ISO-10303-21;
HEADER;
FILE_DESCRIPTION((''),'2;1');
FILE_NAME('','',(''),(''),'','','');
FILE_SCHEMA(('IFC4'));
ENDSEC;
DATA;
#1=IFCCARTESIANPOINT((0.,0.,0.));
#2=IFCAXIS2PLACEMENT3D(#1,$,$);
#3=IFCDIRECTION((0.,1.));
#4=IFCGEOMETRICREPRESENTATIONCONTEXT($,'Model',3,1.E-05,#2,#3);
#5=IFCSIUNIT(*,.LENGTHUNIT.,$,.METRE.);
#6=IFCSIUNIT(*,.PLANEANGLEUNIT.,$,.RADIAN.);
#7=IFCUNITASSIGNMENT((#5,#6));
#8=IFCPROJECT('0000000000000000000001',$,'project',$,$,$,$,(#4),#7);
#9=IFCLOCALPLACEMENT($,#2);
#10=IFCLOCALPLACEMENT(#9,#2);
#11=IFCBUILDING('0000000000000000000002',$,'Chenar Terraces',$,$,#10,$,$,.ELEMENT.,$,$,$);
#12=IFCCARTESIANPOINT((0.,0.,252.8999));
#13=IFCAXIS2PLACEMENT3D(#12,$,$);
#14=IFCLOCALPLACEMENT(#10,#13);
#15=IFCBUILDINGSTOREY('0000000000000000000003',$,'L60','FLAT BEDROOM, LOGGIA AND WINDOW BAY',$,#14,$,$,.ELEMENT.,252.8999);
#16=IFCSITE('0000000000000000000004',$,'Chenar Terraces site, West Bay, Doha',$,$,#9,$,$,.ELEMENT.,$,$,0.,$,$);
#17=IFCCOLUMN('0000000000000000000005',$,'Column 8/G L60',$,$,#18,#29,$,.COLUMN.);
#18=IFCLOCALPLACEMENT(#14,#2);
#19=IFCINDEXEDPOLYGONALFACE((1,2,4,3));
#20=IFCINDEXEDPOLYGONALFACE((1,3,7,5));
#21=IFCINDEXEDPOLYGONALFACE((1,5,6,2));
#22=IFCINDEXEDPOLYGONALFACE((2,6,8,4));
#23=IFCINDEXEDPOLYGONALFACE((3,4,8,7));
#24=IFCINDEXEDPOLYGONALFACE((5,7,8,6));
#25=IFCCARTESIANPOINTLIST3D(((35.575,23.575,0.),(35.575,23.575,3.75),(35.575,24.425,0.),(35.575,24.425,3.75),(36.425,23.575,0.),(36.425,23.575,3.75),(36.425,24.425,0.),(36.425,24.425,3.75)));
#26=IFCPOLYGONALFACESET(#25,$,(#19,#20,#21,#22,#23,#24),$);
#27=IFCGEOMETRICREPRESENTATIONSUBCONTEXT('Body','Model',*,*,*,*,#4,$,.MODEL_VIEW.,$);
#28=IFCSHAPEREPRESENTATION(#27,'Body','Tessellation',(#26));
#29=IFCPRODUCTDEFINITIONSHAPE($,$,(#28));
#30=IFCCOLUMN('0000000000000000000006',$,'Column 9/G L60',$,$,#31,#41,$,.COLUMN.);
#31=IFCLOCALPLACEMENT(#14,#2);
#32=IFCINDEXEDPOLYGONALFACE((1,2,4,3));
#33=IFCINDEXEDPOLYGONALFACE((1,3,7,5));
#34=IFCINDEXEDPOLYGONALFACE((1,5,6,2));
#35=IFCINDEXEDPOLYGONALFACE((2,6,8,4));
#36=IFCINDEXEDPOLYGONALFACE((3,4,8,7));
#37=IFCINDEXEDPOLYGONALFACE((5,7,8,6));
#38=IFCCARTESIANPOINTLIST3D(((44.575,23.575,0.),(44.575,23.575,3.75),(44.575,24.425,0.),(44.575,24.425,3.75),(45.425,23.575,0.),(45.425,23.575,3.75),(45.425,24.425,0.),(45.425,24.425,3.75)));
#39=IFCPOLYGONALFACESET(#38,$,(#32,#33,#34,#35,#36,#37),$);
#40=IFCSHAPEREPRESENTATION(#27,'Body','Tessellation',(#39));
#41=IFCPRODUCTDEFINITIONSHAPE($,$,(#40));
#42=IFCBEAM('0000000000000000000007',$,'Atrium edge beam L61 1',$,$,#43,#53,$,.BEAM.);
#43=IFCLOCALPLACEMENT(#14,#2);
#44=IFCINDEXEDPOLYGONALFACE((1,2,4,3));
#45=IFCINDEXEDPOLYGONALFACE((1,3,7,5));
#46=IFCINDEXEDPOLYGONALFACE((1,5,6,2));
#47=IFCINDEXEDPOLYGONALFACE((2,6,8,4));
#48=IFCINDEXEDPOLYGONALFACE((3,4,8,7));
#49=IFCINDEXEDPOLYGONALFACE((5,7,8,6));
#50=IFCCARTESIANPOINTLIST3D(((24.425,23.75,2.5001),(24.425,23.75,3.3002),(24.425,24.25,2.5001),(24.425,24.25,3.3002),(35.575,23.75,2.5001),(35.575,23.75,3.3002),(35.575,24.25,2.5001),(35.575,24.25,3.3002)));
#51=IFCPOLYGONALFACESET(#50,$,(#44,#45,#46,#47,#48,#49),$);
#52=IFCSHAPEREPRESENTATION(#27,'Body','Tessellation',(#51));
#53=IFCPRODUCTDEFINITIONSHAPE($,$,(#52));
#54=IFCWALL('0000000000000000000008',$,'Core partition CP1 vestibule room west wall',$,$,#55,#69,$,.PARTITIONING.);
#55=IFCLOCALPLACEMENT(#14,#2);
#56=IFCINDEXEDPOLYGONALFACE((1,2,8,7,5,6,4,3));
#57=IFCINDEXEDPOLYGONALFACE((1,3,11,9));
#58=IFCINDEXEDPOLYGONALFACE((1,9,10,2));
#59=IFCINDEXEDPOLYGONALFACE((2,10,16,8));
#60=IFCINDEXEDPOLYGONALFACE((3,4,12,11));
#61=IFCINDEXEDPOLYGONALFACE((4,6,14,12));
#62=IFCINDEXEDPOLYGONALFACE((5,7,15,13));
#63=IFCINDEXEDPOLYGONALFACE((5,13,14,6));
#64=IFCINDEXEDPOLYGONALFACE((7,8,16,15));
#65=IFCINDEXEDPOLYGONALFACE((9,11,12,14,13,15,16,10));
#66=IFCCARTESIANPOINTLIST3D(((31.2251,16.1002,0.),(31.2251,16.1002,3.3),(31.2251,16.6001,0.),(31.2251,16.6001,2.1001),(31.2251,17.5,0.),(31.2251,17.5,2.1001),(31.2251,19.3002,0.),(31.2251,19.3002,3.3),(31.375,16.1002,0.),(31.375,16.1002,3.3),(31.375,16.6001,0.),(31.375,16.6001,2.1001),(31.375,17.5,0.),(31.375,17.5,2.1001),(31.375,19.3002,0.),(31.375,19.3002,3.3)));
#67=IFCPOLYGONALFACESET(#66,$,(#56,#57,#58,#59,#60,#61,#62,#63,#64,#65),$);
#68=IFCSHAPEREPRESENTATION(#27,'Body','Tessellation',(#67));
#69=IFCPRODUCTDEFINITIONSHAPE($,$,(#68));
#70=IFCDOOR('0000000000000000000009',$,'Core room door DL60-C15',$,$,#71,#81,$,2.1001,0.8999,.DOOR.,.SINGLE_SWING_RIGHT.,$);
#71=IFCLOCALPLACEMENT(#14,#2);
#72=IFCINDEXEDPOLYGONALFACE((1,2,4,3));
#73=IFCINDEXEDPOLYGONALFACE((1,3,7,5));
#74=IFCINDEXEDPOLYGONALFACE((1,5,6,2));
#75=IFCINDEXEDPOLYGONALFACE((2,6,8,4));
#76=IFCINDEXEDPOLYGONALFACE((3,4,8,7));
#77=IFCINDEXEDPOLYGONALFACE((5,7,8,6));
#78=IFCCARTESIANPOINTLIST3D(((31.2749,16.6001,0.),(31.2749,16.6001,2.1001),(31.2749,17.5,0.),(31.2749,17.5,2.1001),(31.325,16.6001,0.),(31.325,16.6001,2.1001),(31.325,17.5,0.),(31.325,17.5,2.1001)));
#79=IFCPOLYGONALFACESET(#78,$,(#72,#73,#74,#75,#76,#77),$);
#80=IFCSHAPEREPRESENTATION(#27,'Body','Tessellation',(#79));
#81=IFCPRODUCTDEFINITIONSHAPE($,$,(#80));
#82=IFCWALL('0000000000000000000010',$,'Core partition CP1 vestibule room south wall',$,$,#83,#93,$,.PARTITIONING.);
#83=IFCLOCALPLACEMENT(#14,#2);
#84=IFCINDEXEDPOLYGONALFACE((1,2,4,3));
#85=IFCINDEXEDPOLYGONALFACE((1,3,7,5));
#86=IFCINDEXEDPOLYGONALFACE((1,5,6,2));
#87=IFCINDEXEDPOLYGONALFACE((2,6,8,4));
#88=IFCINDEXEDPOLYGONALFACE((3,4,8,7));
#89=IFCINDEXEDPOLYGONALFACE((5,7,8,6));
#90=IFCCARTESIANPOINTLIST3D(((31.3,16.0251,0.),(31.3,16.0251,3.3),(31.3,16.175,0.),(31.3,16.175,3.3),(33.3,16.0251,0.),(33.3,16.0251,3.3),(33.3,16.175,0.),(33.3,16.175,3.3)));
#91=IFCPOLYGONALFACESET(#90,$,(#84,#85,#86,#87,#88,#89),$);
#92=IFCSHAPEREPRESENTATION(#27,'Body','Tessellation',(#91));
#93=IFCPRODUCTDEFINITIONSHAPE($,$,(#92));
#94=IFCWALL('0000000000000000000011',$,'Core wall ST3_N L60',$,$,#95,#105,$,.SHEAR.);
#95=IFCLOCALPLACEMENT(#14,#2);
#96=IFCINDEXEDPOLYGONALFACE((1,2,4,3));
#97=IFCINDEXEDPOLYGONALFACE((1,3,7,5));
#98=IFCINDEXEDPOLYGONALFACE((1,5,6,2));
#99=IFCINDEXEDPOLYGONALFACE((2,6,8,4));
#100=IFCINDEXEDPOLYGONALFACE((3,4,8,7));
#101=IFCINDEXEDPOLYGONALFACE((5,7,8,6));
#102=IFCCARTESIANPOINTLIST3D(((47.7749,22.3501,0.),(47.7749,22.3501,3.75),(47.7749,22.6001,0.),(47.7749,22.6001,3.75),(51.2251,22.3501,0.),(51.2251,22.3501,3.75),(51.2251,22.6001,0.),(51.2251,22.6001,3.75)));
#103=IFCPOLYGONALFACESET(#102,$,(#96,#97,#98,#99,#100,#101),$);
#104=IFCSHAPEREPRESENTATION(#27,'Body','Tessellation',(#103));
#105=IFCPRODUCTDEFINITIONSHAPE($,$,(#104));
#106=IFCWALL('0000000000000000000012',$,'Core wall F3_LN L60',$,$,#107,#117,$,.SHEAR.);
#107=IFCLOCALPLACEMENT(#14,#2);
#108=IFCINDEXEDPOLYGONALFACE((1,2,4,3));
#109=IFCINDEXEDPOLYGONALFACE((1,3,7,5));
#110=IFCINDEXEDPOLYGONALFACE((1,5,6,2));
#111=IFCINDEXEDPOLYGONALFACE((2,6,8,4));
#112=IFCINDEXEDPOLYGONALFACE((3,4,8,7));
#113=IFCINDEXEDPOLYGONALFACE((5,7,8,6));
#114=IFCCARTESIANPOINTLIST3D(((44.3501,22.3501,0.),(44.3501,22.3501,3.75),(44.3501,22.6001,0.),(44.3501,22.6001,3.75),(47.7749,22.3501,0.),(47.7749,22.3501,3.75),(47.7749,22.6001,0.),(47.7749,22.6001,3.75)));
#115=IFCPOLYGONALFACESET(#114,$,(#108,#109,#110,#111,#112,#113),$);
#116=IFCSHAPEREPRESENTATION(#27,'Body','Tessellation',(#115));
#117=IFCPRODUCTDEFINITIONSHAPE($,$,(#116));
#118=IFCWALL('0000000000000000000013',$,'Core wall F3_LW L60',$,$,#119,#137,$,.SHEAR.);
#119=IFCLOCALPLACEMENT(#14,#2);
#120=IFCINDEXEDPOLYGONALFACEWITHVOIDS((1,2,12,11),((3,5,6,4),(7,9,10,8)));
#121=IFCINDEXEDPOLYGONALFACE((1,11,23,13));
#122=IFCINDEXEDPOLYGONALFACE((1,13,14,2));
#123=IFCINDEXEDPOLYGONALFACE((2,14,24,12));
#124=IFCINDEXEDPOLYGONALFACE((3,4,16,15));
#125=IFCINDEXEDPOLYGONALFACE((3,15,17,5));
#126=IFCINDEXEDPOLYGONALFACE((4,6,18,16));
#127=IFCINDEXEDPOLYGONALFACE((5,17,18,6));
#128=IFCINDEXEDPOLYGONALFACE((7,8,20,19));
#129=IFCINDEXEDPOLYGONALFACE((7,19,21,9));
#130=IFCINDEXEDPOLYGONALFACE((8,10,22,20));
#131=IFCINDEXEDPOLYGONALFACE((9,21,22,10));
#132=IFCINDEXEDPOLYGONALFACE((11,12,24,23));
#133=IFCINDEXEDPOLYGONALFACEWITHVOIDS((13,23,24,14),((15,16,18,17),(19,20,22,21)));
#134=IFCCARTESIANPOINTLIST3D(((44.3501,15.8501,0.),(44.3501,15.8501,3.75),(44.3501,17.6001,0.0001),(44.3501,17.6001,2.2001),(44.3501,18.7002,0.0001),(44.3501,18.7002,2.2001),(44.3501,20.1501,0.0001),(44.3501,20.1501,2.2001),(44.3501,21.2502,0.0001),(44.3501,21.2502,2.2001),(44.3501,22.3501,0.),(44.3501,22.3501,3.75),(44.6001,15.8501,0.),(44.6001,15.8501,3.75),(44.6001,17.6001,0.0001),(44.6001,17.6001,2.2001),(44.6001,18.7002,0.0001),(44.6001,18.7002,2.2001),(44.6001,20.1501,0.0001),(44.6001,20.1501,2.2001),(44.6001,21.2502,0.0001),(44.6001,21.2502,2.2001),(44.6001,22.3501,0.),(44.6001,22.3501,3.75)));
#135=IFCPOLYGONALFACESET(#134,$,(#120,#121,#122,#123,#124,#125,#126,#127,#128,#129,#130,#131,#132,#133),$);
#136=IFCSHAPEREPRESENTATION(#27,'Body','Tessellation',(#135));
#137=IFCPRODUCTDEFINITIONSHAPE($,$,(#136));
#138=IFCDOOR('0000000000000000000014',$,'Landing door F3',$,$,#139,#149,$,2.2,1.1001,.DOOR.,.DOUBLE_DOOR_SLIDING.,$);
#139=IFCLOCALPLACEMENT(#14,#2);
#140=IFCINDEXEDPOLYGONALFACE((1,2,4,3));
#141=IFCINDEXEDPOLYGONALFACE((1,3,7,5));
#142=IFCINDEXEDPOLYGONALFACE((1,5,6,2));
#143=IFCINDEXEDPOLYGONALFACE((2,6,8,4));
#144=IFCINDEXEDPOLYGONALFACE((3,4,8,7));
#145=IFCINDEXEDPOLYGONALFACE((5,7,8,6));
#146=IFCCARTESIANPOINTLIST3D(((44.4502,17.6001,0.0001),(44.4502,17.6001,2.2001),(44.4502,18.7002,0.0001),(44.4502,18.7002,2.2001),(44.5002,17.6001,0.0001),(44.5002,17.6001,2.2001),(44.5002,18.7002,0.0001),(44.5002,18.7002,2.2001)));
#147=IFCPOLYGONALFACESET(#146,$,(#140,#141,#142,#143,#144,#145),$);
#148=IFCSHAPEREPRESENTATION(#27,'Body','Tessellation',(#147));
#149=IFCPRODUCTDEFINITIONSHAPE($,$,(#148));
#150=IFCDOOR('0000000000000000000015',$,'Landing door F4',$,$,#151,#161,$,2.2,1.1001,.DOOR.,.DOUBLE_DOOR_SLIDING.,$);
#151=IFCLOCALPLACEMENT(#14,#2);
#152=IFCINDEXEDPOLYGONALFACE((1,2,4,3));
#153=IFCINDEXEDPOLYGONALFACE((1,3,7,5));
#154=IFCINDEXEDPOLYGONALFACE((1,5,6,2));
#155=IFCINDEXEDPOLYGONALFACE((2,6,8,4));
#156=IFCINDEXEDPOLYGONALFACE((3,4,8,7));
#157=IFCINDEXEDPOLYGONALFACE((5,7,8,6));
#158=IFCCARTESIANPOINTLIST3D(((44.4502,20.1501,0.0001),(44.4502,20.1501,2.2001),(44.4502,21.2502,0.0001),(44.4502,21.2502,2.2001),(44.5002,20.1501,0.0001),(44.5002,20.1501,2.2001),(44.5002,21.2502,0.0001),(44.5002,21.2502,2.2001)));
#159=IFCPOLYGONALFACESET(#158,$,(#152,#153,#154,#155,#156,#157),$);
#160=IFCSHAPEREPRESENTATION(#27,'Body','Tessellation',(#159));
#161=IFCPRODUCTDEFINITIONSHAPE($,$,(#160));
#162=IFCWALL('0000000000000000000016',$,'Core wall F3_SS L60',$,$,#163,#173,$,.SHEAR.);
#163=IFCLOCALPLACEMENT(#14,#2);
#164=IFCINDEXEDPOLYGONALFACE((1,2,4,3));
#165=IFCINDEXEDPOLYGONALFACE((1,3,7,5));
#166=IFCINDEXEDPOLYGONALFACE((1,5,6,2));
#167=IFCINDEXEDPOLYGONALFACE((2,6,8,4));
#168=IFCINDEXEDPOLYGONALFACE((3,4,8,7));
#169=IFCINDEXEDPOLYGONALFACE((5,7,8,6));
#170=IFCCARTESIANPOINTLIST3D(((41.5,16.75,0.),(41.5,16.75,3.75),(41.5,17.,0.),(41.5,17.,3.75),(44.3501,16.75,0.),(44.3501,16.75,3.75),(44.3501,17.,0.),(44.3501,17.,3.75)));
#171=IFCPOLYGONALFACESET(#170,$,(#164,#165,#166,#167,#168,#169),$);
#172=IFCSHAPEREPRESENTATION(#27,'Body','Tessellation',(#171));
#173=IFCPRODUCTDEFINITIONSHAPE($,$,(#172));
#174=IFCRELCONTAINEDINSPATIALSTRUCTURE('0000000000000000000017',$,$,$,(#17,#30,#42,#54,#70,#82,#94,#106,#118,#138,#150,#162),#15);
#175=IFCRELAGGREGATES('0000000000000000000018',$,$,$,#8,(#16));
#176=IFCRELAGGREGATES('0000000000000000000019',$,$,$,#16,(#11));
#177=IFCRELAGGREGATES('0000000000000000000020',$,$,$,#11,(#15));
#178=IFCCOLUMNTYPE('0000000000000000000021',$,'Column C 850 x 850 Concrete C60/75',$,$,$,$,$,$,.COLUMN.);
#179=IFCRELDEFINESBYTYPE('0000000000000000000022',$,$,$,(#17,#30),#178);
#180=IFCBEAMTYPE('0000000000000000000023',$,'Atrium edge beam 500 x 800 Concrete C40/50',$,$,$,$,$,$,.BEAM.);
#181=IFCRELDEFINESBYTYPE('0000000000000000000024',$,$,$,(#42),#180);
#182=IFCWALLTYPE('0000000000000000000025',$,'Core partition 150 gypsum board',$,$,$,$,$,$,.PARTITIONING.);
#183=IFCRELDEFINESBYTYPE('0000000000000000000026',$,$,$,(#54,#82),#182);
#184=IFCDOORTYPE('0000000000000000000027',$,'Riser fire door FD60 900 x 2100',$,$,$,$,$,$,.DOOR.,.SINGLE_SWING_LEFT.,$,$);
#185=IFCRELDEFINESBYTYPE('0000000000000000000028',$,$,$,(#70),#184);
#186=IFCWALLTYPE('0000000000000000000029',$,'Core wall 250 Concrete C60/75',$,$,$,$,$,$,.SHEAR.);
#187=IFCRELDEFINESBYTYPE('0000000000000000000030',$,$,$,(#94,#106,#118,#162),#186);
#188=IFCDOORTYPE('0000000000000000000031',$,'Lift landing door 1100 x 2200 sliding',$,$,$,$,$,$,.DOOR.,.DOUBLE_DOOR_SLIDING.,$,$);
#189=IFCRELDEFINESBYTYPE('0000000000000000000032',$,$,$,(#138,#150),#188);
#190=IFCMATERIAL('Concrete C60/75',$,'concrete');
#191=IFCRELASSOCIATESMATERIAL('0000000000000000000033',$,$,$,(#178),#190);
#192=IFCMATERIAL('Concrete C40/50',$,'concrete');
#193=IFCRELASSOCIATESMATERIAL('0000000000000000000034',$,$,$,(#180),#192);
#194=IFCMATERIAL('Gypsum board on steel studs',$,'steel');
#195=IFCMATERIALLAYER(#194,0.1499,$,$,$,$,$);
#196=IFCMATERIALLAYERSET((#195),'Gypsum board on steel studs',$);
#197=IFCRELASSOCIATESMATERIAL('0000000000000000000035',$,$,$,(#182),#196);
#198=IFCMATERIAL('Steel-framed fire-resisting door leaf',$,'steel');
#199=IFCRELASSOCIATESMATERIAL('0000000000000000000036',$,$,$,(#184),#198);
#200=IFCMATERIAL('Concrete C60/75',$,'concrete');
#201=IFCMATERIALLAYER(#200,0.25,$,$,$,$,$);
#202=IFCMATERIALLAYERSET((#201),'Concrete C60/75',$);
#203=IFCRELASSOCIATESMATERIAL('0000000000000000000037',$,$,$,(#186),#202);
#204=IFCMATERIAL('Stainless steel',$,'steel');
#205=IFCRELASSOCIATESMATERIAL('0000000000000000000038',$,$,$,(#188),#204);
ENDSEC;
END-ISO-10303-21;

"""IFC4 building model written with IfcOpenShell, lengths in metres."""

from ifc_helpers import new_model, si_unit, direction, frame, frame_2d, origin, origin_2d, place, context, subcontext, project, spatial, rectangle, extrude, material, layer, layer_set, material_profile, profile_set, type_object, element, fill, save


model = new_model("IFC4")

# Units and contexts
model_context = context("Model", 3, precision=1e-05, world=origin(), true_north=direction((0.0, 1.0)))
body_context = subcontext(model_context, "Body", "Model", "MODEL_VIEW")
ifc_project = project(units=[si_unit("LENGTHUNIT", "METRE"), si_unit("PLANEANGLEUNIT", "RADIAN")], contexts=[model_context])

# Site, building, storey
site_placement = place(None, origin())
site = spatial("IfcSite", under=ifc_project, at=site_placement, Name="Chenar Terraces site, West Bay, Doha", CompositionType="ELEMENT", RefElevation=0.0)
building_placement = place(site_placement, origin())
building = spatial("IfcBuilding", under=site, at=building_placement, Name="Chenar Terraces", CompositionType="ELEMENT")
storey_placement = place(building_placement, frame((0.0, 0.0, 252.8999)))
storey = spatial("IfcBuildingStorey", under=building, at=storey_placement, Name="L60", Description="FLAT BEDROOM, LOGGIA AND WINDOW BAY", CompositionType="ELEMENT", Elevation=252.8999)

# Columns
ifc_material_1 = material(Name="Concrete C60/75", Category="concrete")
ifc_material_profile_1 = material_profile(ifc_material_1, rectangle(XDim=0.8501, YDim=0.8501, at=origin_2d()), Name="C 850 x 850")
ifc_profile_set_1 = profile_set([ifc_material_profile_1], Name="Concrete C60/75")
column_type = type_object("IfcColumnType", Name="Column C 850 x 850 Concrete C60/75", PredefinedType="COLUMN", material=ifc_profile_set_1)
for number, where, z_axis, x_axis, name in (
    (1, (36.0, 24.0, 0.0), (0.0, 0.0, 1.0), (1.0, 0.0, 0.0), "Column 8/G L60"),
    (2, (45.0, 24.0, 0.0), (0.0, 0.0, 1.0), (1.0, 0.0, 0.0), "Column 9/G L60"),
):
    element("IfcColumn", number, at=place(storey_placement, frame(where, z_axis=z_axis, x_axis=x_axis)), inside=storey, type_object=column_type, Name=name, PredefinedType="COLUMN", context=body_context, shape_type="SweptSolid", body=[
        extrude(rectangle(XDim=0.8501, YDim=0.8501, at=origin_2d()), origin(), (0.0, 0.0, 1.0), 3.75),
    ])

# Beam
ifc_material_2 = material(Name="Concrete C40/50", Category="concrete")
ifc_material_profile_2 = material_profile(ifc_material_2, rectangle(XDim=0.5, YDim=0.8, at=origin_2d()), Name="RC 500 x 800")
ifc_profile_set_2 = profile_set([ifc_material_profile_2], Name="Concrete C40/50")
beam_type = type_object("IfcBeamType", Name="Atrium edge beam 500 x 800 Concrete C40/50", PredefinedType="BEAM", material=ifc_profile_set_2)
beam_placement = place(storey_placement, frame((24.425, 24.0, 2.9001), z_axis=(1.0, 0.0, 0.0), x_axis=(0.0, 1.0, 0.0)))
element("IfcBeam", 3, at=beam_placement, inside=storey, type_object=beam_type, Name="Atrium edge beam L61 1", PredefinedType="BEAM", context=body_context, shape_type="SweptSolid", body=[
    extrude(rectangle(XDim=0.5, YDim=0.8, at=origin_2d()), origin(), (0.0, 0.0, 1.0), 11.1499),
])

# Wall, opening, door
ifc_material_3 = material(Name="Gypsum board on steel studs", Category="steel")
ifc_layer_1 = layer(ifc_material_3, 0.1499)
ifc_layer_set_1 = layer_set([ifc_layer_1], Name="Gypsum board on steel studs")
wall_type_1 = type_object("IfcWallType", Name="Core partition 150 gypsum board", PredefinedType="PARTITIONING", material=ifc_layer_set_1)
wall_1_placement = place(storey_placement, frame((31.3, 16.1001, 0.0), z_axis=(0.0, 0.0, 1.0), x_axis=(0.0, 1.0, 0.0)))
wall_1 = element("IfcWall", 4, at=wall_1_placement, inside=storey, type_object=wall_type_1, Name="Core partition CP1 vestibule room west wall", PredefinedType="PARTITIONING", context=body_context, shape_type="SweptSolid", body=[
    extrude(rectangle(XDim=3.2, YDim=0.1499, at=frame_2d((1.6001, 0.0))), origin(), (0.0, 0.0, 1.0), 3.3),
])
opening_1_placement = place(wall_1_placement, frame((0.5, 0.0, 0.0)))
opening_1 = element("IfcOpeningElement", 5, at=opening_1_placement, cuts=wall_1, PredefinedType="OPENING", context=body_context, shape_type="SweptSolid", body=[
    extrude(rectangle(XDim=0.8999, YDim=2.1001, at=frame_2d((0.45, 1.05))), frame((0.0, 0.085, 0.0), z_axis=(0.0, -1.0, 0.0), x_axis=(1.0, 0.0, 0.0)), (0.0, 0.0, 1.0), 0.1699),
])
ifc_material_4 = material(Name="Steel-framed fire-resisting door leaf", Category="steel")
door_type_1 = type_object("IfcDoorType", Name="Riser fire door FD60 900 x 2100", OperationType="SINGLE_SWING_LEFT", PredefinedType="DOOR", material=ifc_material_4)
door_1_placement = place(opening_1_placement, frame((0.8999, 0.0, 0.0), z_axis=(0.0, 0.0, 1.0), x_axis=(-1.0, 0.0, 0.0)))
door_1 = element("IfcDoor", 6, at=door_1_placement, inside=storey, type_object=door_type_1, Name="Core room door DL60-C15", OperationType="SINGLE_SWING_RIGHT", OverallHeight=2.1001, OverallWidth=0.8999, PredefinedType="DOOR", context=body_context, shape_type="SweptSolid", body=[
    extrude(rectangle(XDim=0.8999, YDim=2.1001, at=frame_2d((0.45, 1.05))), frame((0.0, 0.0249, 0.0), z_axis=(0.0, -1.0, 0.0), x_axis=(1.0, 0.0, 0.0)), (0.0, 0.0, 1.0), 0.05),
])
fill(opening_1, door_1)

# Walls
wall_2_placement = place(storey_placement, frame((31.3, 16.1001, 0.0), z_axis=(0.0, 0.0, 1.0), x_axis=(1.0, 0.0, 0.0)))
element("IfcWall", 7, at=wall_2_placement, inside=storey, type_object=wall_type_1, Name="Core partition CP1 vestibule room south wall", PredefinedType="PARTITIONING", context=body_context, shape_type="SweptSolid", body=[
    extrude(rectangle(XDim=2.0, YDim=0.1499, at=frame_2d((1.0, 0.0))), origin(), (0.0, 0.0, 1.0), 3.3),
])
ifc_material_5 = material(Name="Concrete C60/75", Category="concrete")
ifc_layer_2 = layer(ifc_material_5, 0.25)
ifc_layer_set_2 = layer_set([ifc_layer_2], Name="Concrete C60/75")
wall_type_2 = type_object("IfcWallType", Name="Core wall 250 Concrete C60/75", PredefinedType="SHEAR", material=ifc_layer_set_2)
wall_3_placement = place(storey_placement, frame((47.7749, 22.4751, 0.0), z_axis=(0.0, 0.0, 1.0), x_axis=(1.0, 0.0, 0.0)))
element("IfcWall", 8, at=wall_3_placement, inside=storey, type_object=wall_type_2, Name="Core wall ST3_N L60", PredefinedType="SHEAR", context=body_context, shape_type="SweptSolid", body=[
    extrude(rectangle(XDim=3.4502, YDim=0.25, at=frame_2d((1.7251, 0.0))), origin(), (0.0, 0.0, 1.0), 3.75),
])
wall_4_placement = place(storey_placement, frame((44.3501, 22.4751, 0.0), z_axis=(0.0, 0.0, 1.0), x_axis=(1.0, 0.0, 0.0)))
element("IfcWall", 9, at=wall_4_placement, inside=storey, type_object=wall_type_2, Name="Core wall F3_LN L60", PredefinedType="SHEAR", context=body_context, shape_type="SweptSolid", body=[
    extrude(rectangle(XDim=3.4248, YDim=0.25, at=frame_2d((1.7124, 0.0))), origin(), (0.0, 0.0, 1.0), 3.75),
])

# Wall, openings, doors
wall_5_placement = place(storey_placement, frame((44.4751, 15.8501, 0.0), z_axis=(0.0, 0.0, 1.0), x_axis=(0.0, 1.0, 0.0)))
wall_5 = element("IfcWall", 10, at=wall_5_placement, inside=storey, type_object=wall_type_2, Name="Core wall F3_LW L60", PredefinedType="SHEAR", context=body_context, shape_type="SweptSolid", body=[
    extrude(rectangle(XDim=6.5, YDim=0.25, at=frame_2d((3.25, 0.0))), origin(), (0.0, 0.0, 1.0), 3.75),
])
opening_2_placement = place(wall_5_placement, frame((1.75, 0.0, 0.0)))
opening_2 = element("IfcOpeningElement", 11, at=opening_2_placement, cuts=wall_5, PredefinedType="OPENING", context=body_context, shape_type="SweptSolid", body=[
    extrude(rectangle(XDim=1.1001, YDim=2.2, at=frame_2d((0.55, 1.1001))), frame((0.0, 0.135, 0.0), z_axis=(0.0, -1.0, 0.0), x_axis=(1.0, 0.0, 0.0)), (0.0, 0.0, 1.0), 0.27),
])
opening_3_placement = place(wall_5_placement, frame((4.3, 0.0, 0.0)))
opening_3 = element("IfcOpeningElement", 12, at=opening_3_placement, cuts=wall_5, PredefinedType="OPENING", context=body_context, shape_type="SweptSolid", body=[
    extrude(rectangle(XDim=1.1001, YDim=2.2, at=frame_2d((0.55, 1.1001))), frame((0.0, 0.135, 0.0), z_axis=(0.0, -1.0, 0.0), x_axis=(1.0, 0.0, 0.0)), (0.0, 0.0, 1.0), 0.27),
])
ifc_material_6 = material(Name="Stainless steel", Category="steel")
door_type_2 = type_object("IfcDoorType", Name="Lift landing door 1100 x 2200 sliding", OperationType="DOUBLE_DOOR_SLIDING", PredefinedType="DOOR", material=ifc_material_6)
door_2_placement = place(opening_2_placement, origin())
door_2 = element("IfcDoor", 13, at=door_2_placement, inside=storey, type_object=door_type_2, Name="Landing door F3", OperationType="DOUBLE_DOOR_SLIDING", OverallHeight=2.2, OverallWidth=1.1001, PredefinedType="DOOR", context=body_context, shape_type="SweptSolid", body=[
    extrude(rectangle(XDim=1.1001, YDim=2.2, at=frame_2d((0.55, 1.1001))), frame((0.0, 0.0249, 0.0), z_axis=(0.0, -1.0, 0.0), x_axis=(1.0, 0.0, 0.0)), (0.0, 0.0, 1.0), 0.05),
])
fill(opening_2, door_2)
door_3_placement = place(opening_3_placement, origin())
door_3 = element("IfcDoor", 14, at=door_3_placement, inside=storey, type_object=door_type_2, Name="Landing door F4", OperationType="DOUBLE_DOOR_SLIDING", OverallHeight=2.2, OverallWidth=1.1001, PredefinedType="DOOR", context=body_context, shape_type="SweptSolid", body=[
    extrude(rectangle(XDim=1.1001, YDim=2.2, at=frame_2d((0.55, 1.1001))), frame((0.0, 0.0249, 0.0), z_axis=(0.0, -1.0, 0.0), x_axis=(1.0, 0.0, 0.0)), (0.0, 0.0, 1.0), 0.05),
])
fill(opening_3, door_3)

# Wall
for number, where, z_axis, x_axis, name in (
    (15, (41.5, 16.875, 0.0), (0.0, 0.0, 1.0), (1.0, 0.0, 0.0), "Core wall F3_SS L60"),
):
    element("IfcWall", number, at=place(storey_placement, frame(where, z_axis=z_axis, x_axis=x_axis)), inside=storey, type_object=wall_type_2, Name=name, PredefinedType="SHEAR", context=body_context, shape_type="SweptSolid", body=[
        extrude(rectangle(XDim=2.8501, YDim=0.25, at=frame_2d((1.425, 0.0))), origin(), (0.0, 0.0, 1.0), 3.75),
    ])

save(model, "model.ifc")
